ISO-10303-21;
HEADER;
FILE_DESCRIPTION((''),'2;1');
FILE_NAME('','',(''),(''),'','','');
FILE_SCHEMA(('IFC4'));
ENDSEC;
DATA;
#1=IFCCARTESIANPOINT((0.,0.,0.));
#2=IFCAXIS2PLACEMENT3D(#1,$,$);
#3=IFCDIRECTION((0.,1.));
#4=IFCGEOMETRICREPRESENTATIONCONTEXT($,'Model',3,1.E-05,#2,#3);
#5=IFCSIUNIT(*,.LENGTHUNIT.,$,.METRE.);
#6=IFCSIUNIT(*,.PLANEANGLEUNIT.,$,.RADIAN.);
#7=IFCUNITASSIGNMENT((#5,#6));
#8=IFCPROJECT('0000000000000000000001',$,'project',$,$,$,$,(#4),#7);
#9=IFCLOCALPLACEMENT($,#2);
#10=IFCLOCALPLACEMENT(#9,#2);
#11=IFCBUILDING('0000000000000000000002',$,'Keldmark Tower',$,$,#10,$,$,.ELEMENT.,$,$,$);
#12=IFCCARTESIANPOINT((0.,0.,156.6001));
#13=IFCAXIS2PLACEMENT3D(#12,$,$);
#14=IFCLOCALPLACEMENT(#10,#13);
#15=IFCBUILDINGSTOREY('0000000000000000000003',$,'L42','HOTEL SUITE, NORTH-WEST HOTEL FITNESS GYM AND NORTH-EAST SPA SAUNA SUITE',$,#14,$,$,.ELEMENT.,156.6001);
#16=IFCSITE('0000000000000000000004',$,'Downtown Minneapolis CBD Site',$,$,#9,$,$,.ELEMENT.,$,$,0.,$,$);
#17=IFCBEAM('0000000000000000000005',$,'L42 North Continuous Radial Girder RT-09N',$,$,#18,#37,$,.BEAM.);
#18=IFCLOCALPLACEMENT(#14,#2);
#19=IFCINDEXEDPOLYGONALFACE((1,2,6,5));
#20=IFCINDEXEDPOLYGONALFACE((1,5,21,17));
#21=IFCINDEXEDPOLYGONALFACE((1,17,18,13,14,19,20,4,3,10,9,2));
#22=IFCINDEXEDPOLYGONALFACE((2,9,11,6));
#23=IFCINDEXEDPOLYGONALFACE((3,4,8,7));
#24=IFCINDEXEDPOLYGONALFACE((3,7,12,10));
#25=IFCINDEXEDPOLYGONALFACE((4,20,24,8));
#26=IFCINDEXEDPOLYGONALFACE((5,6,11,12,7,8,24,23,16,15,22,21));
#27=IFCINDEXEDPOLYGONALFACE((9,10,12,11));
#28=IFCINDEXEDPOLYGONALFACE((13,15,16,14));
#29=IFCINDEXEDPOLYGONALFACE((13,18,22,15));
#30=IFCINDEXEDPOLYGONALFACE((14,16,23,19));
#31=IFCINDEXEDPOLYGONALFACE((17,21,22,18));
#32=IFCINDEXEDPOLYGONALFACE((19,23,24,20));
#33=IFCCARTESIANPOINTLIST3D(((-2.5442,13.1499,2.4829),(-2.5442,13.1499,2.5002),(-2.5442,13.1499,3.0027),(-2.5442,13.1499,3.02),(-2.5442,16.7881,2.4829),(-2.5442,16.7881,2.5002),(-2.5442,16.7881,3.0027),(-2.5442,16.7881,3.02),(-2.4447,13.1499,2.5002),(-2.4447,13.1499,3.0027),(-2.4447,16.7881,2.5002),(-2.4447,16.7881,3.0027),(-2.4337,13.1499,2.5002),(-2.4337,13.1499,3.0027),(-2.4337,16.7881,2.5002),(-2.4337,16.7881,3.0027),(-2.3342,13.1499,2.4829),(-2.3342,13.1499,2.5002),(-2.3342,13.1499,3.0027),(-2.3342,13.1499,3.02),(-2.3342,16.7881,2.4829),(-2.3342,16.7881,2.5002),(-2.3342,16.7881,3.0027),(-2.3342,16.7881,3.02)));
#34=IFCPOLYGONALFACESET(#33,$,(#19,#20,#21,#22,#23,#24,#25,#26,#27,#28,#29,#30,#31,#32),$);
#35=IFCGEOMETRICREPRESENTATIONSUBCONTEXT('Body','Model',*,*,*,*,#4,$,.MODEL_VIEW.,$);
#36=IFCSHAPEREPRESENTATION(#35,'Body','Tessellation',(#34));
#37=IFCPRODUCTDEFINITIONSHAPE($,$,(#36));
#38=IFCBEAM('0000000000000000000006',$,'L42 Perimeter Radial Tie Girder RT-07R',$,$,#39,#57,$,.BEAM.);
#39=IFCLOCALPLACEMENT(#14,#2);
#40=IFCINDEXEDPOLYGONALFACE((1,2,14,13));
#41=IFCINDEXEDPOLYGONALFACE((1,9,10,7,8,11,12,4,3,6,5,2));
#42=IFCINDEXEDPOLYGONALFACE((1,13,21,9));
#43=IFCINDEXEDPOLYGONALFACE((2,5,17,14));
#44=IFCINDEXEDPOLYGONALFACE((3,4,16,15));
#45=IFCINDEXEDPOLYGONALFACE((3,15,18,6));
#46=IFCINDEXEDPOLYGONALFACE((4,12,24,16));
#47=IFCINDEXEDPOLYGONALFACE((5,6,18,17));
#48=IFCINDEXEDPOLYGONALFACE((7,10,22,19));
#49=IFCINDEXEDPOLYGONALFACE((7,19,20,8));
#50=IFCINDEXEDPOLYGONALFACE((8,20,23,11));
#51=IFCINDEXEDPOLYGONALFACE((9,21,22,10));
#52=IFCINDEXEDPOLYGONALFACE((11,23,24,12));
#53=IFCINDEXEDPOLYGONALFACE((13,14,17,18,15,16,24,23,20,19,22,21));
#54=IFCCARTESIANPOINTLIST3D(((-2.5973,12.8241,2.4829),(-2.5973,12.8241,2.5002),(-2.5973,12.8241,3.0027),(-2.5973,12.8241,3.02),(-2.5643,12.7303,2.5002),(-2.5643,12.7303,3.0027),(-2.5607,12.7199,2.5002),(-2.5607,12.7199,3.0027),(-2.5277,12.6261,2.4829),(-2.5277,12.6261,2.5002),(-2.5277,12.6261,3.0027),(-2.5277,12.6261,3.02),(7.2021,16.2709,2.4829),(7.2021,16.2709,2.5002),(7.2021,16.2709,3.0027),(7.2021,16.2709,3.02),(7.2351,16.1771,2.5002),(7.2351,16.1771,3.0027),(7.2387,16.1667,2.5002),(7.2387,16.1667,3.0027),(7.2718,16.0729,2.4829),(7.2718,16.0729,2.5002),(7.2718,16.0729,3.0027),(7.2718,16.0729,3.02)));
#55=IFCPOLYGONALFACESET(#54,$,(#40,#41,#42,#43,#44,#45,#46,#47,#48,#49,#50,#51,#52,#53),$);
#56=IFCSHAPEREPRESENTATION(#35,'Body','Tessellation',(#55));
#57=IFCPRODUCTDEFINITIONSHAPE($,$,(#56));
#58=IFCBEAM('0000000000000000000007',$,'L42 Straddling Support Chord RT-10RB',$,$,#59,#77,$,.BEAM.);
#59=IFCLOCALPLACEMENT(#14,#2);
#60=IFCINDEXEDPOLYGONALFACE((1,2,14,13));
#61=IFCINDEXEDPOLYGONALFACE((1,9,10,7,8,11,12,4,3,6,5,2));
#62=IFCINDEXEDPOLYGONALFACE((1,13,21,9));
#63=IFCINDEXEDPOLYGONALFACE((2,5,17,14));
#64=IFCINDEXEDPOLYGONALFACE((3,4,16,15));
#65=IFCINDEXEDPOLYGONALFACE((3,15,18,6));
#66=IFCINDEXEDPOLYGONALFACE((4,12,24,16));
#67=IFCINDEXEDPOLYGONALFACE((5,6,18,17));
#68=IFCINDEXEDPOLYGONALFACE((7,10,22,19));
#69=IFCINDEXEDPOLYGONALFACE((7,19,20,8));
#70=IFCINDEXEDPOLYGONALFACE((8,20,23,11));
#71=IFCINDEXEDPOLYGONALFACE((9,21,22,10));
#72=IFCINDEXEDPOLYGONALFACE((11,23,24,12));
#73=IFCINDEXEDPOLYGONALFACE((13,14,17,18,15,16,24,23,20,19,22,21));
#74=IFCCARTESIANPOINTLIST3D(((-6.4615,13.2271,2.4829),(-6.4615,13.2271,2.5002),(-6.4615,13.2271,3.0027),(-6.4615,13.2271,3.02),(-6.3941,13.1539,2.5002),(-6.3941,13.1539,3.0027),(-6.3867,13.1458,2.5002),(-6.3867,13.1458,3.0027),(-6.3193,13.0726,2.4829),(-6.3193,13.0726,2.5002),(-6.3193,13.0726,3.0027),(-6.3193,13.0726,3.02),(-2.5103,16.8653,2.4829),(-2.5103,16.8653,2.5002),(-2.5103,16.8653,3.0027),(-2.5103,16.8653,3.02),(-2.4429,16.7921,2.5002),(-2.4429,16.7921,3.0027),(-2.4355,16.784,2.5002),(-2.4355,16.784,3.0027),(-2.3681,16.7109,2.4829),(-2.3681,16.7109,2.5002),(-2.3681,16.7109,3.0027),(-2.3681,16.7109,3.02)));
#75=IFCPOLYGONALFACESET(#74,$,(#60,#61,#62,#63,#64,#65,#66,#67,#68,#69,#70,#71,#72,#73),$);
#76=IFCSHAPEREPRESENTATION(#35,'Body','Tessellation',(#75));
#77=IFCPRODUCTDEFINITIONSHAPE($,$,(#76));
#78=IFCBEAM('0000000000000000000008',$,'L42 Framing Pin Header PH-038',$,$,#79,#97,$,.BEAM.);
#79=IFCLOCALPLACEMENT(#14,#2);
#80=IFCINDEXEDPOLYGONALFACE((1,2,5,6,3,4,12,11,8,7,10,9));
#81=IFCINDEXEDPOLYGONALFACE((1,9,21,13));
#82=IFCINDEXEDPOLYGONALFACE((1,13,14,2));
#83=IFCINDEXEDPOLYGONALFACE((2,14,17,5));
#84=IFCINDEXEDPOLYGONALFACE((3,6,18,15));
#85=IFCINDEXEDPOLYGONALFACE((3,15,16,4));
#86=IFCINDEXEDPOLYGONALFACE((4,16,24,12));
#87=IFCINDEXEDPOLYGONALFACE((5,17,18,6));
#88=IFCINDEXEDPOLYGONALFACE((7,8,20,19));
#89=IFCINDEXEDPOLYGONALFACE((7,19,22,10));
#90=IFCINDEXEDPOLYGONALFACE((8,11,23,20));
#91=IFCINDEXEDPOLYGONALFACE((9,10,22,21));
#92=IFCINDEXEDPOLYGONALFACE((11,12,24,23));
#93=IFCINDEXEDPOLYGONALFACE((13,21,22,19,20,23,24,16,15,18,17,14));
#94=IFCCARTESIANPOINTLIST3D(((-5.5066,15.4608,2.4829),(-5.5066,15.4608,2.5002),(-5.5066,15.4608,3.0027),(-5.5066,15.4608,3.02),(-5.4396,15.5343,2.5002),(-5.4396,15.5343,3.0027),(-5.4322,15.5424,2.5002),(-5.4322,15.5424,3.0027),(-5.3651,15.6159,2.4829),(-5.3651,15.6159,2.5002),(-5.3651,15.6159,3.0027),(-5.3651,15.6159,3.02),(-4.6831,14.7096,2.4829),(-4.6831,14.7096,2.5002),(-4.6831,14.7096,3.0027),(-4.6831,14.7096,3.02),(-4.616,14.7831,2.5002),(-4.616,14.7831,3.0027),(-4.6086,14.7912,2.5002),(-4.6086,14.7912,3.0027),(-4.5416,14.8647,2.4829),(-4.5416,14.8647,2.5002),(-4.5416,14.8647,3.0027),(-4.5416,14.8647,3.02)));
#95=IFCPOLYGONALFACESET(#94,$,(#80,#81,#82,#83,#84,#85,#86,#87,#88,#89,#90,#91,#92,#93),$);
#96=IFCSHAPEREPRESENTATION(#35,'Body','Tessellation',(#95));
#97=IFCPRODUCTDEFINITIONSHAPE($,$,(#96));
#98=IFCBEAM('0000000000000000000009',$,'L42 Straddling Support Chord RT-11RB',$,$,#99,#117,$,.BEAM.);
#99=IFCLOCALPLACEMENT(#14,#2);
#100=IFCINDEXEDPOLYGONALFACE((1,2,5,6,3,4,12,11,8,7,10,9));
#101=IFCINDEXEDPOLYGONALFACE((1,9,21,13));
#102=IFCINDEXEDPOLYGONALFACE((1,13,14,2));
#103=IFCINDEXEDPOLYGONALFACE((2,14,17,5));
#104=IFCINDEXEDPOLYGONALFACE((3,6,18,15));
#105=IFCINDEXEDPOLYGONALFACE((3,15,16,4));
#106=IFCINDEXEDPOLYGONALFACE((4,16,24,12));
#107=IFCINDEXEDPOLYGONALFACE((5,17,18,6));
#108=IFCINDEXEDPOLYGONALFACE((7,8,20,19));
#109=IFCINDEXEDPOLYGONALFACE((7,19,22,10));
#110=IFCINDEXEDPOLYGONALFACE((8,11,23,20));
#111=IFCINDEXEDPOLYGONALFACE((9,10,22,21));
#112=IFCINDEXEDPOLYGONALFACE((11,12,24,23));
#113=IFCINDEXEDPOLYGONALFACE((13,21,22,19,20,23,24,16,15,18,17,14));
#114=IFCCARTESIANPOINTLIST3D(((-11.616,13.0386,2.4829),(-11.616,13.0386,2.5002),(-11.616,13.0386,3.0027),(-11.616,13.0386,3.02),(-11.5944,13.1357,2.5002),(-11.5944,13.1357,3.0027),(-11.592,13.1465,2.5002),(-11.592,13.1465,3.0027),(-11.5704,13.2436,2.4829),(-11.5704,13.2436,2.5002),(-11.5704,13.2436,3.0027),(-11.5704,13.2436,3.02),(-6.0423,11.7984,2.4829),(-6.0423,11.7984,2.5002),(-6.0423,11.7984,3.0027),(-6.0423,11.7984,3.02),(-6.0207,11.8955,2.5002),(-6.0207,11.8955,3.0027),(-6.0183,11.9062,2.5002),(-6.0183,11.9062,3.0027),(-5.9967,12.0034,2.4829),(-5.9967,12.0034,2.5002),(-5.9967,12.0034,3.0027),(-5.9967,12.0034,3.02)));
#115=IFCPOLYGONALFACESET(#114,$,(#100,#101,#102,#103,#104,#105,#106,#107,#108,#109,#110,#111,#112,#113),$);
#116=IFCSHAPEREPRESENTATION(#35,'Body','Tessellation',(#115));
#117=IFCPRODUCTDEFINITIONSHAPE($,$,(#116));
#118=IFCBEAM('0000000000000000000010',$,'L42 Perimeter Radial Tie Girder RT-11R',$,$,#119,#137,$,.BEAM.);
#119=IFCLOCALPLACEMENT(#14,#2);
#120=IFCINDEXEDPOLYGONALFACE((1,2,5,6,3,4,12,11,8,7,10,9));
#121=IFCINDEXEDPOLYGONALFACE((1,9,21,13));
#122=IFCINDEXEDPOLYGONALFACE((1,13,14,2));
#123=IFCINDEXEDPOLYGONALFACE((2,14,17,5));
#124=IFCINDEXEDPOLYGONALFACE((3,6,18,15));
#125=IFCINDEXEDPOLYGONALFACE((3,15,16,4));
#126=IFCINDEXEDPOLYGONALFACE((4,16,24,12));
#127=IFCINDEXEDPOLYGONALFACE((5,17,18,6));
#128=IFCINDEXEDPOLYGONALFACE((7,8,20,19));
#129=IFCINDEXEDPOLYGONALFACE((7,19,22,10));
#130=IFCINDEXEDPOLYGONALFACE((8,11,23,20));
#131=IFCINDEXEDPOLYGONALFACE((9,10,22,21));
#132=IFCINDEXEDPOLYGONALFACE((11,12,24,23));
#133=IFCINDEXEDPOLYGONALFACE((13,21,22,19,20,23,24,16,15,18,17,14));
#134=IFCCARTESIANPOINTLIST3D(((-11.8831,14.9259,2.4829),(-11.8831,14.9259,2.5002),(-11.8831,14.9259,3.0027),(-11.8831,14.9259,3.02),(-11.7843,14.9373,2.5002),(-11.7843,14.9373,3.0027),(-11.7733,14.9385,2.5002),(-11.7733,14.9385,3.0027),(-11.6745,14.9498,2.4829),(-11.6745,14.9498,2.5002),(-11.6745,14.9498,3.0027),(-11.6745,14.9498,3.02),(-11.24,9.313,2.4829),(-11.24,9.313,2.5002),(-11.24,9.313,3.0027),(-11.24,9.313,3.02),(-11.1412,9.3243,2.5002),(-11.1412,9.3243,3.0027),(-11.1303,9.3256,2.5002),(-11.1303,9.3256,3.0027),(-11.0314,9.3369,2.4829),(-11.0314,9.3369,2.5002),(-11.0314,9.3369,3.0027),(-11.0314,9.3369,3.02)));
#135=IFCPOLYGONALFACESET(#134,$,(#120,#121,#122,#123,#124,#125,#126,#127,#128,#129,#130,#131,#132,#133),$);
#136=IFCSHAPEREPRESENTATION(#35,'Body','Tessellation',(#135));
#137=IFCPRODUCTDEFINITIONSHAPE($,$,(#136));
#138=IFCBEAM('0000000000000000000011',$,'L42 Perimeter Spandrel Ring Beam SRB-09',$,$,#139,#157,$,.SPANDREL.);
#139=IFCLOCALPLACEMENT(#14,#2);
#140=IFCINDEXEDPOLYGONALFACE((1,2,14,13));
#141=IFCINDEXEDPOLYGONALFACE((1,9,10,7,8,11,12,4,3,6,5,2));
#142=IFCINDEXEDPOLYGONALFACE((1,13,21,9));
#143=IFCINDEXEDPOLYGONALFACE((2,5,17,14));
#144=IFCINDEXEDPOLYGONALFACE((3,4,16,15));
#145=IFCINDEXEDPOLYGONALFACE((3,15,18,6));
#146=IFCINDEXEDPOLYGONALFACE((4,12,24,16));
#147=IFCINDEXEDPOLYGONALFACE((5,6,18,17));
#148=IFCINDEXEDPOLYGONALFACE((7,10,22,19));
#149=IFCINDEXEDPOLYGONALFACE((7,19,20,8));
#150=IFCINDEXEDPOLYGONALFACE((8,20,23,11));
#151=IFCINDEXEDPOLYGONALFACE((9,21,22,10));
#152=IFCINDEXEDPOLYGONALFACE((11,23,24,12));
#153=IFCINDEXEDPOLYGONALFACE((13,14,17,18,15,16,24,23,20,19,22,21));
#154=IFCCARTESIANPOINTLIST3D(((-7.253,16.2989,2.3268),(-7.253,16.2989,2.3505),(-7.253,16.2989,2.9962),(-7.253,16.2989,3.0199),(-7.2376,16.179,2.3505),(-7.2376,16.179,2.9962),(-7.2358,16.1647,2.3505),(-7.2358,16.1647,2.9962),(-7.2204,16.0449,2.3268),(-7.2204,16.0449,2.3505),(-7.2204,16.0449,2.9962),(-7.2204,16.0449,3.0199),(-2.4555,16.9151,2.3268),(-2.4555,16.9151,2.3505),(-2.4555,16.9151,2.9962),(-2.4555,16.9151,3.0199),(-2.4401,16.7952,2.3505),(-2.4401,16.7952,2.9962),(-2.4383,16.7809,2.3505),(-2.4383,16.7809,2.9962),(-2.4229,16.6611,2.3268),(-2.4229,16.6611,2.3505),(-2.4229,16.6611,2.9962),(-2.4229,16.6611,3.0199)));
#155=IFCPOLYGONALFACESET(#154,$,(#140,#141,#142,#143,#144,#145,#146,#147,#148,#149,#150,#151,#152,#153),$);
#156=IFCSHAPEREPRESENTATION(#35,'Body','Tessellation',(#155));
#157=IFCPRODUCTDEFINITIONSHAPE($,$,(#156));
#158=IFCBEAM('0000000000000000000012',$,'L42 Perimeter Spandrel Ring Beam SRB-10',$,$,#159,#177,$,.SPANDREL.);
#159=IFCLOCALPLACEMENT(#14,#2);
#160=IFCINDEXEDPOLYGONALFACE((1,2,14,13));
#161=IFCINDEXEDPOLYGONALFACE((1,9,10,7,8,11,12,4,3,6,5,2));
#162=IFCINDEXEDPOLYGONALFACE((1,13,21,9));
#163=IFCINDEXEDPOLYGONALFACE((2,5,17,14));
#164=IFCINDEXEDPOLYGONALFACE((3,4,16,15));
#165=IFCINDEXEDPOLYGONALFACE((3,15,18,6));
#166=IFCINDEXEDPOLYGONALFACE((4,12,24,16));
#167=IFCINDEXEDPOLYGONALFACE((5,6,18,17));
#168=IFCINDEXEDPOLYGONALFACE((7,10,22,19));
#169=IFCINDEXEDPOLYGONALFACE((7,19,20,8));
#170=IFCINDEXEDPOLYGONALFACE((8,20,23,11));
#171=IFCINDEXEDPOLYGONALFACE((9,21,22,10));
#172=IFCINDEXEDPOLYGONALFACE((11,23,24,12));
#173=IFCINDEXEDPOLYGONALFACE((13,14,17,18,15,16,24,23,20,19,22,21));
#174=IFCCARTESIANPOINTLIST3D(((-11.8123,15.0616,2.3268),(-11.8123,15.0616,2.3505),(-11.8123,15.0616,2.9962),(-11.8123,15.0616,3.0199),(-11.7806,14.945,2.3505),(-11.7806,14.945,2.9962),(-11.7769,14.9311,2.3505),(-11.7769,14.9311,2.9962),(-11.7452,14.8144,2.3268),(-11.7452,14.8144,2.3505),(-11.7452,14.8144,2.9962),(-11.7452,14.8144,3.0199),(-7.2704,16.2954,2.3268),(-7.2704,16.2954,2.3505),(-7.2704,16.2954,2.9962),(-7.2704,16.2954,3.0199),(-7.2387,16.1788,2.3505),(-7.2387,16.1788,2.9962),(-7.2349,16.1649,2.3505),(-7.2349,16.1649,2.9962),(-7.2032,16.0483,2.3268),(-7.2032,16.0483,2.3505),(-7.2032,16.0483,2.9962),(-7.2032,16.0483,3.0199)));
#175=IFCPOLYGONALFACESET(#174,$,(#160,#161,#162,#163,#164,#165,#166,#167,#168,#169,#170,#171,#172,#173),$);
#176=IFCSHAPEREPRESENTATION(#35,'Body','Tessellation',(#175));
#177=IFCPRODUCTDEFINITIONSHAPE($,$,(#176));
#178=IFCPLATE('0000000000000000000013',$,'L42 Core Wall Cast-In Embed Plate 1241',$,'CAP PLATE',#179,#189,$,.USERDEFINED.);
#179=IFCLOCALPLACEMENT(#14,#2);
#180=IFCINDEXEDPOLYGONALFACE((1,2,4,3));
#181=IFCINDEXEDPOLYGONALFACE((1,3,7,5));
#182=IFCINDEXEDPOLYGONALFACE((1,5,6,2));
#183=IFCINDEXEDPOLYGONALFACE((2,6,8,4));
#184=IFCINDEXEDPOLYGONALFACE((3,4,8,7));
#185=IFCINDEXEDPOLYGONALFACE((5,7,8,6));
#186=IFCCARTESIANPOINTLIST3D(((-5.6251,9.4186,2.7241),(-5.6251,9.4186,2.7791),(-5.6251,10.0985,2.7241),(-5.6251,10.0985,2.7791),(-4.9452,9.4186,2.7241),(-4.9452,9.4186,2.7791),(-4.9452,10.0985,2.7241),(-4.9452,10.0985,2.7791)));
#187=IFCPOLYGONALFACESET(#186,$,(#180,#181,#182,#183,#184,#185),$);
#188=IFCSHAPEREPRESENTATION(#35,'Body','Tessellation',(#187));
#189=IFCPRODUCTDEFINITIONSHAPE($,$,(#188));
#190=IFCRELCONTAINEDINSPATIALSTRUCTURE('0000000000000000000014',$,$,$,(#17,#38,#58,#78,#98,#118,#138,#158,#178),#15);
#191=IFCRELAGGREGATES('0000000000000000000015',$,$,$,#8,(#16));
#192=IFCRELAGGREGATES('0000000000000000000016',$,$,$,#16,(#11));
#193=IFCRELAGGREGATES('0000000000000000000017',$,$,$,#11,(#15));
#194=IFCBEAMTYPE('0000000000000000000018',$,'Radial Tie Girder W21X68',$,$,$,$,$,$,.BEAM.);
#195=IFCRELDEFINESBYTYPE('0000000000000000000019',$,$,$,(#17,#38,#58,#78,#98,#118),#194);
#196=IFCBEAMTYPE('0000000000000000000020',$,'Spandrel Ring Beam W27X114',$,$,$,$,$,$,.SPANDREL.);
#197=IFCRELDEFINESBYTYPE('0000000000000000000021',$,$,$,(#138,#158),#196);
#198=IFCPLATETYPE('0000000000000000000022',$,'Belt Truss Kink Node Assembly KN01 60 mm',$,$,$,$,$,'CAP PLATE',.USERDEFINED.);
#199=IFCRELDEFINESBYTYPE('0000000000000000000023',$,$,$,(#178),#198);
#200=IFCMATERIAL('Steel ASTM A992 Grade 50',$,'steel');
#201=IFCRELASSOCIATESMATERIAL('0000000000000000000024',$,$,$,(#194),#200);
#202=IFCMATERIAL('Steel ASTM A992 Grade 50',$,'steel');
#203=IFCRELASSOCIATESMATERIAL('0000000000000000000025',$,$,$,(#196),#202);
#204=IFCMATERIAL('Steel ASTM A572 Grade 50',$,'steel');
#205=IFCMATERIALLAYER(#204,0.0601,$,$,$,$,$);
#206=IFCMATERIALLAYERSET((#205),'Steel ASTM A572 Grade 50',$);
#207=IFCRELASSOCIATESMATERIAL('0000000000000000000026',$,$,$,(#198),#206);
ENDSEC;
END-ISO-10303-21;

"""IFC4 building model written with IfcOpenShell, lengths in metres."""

from ifc_helpers import new_model, si_unit, direction, frame, origin, origin_2d, place, context, subcontext, project, spatial, rectangle, i_section, extrude, material, layer, layer_set, material_profile, profile_set, type_object, element, save


model = new_model("IFC4")

# Units and contexts
model_context = context("Model", 3, precision=1e-05, world=origin(), true_north=direction((0.0, 1.0)))
body_context = subcontext(model_context, "Body", "Model", "MODEL_VIEW")
ifc_project = project(units=[si_unit("LENGTHUNIT", "METRE"), si_unit("PLANEANGLEUNIT", "RADIAN")], contexts=[model_context])

# Site, building, storey
site_placement = place(None, origin())
site = spatial("IfcSite", under=ifc_project, at=site_placement, Name="Downtown Minneapolis CBD Site", CompositionType="ELEMENT", RefElevation=0.0)
building_placement = place(site_placement, origin())
building = spatial("IfcBuilding", under=site, at=building_placement, Name="Keldmark Tower", CompositionType="ELEMENT")
storey_placement = place(building_placement, frame((0.0, 0.0, 156.6001)))
storey = spatial("IfcBuildingStorey", under=building, at=storey_placement, Name="L42", Description="HOTEL SUITE, NORTH-WEST HOTEL FITNESS GYM AND NORTH-EAST SPA SAUNA SUITE", CompositionType="ELEMENT", Elevation=156.6001)

# Beams
ifc_material_1 = material(Name="Steel ASTM A992 Grade 50", Category="steel")
ifc_material_profile_1 = material_profile(ifc_material_1, i_section(OverallWidth=0.21, OverallDepth=0.5371, WebThickness=0.011, FlangeThickness=0.0173, at=origin_2d()), Name="W21X68")
ifc_profile_set_1 = profile_set([ifc_material_profile_1], Name="Steel ASTM A992 Grade 50")
beam_type_1 = type_object("IfcBeamType", Name="Radial Tie Girder W21X68", PredefinedType="BEAM", material=ifc_profile_set_1)
beam_1_placement = place(storey_placement, frame((-2.4392, 13.1499, 2.7515), z_axis=(0.0, 1.0, 0.0), x_axis=(-1.0, 0.0, 0.0)))
element("IfcBeam", 1, at=beam_1_placement, inside=storey, type_object=beam_type_1, Name="L42 North Continuous Radial Girder RT-09N", PredefinedType="BEAM", context=body_context, shape_type="SweptSolid", body=[
    extrude(i_section(OverallWidth=0.21, OverallDepth=0.5371, WebThickness=0.011, FlangeThickness=0.0173, at=origin_2d()), origin(), (0.0, 0.0, 1.0), 3.6382),
])
beam_2_placement = place(storey_placement, frame((-2.5625, 12.7251, 2.7515), z_axis=(0.943346, 0.331809, 0.0), x_axis=(-0.331809, 0.943346, 0.0)))
element("IfcBeam", 2, at=beam_2_placement, inside=storey, type_object=beam_type_1, Name="L42 Perimeter Radial Tie Girder RT-07R", PredefinedType="BEAM", context=body_context, shape_type="SweptSolid", body=[
    extrude(i_section(OverallWidth=0.21, OverallDepth=0.5371, WebThickness=0.011, FlangeThickness=0.0173, at=origin_2d()), origin(), (0.0, 0.0, 1.0), 10.3879),
])
beam_3_placement = place(storey_placement, frame((-2.4392, 16.7881, 2.7515), z_axis=(-0.735643, -0.67737, 0.0), x_axis=(0.67737, -0.735643, 0.0)))
element("IfcBeam", 3, at=beam_3_placement, inside=storey, type_object=beam_type_1, Name="L42 Straddling Support Chord RT-10RB", PredefinedType="BEAM", context=body_context, shape_type="SweptSolid", body=[
    extrude(i_section(OverallWidth=0.21, OverallDepth=0.5371, WebThickness=0.011, FlangeThickness=0.0173, at=origin_2d()), origin(), (0.0, 0.0, 1.0), 5.3711),
])
beam_4_placement = place(storey_placement, frame((-4.6123, 14.7871, 2.7515), z_axis=(-0.738779, 0.673947, 0.0), x_axis=(-0.673947, -0.738779, 0.0)))
element("IfcBeam", 4, at=beam_4_placement, inside=storey, type_object=beam_type_1, Name="L42 Framing Pin Header PH-038", PredefinedType="BEAM", context=body_context, shape_type="SweptSolid", body=[
    extrude(i_section(OverallWidth=0.21, OverallDepth=0.5371, WebThickness=0.011, FlangeThickness=0.0173, at=origin_2d()), origin(), (0.0, 0.0, 1.0), 1.1147),
])
beam_5_placement = place(storey_placement, frame((-6.0195, 11.9009, 2.7515), z_axis=(-0.976127, 0.217202, 0.0), x_axis=(-0.217202, -0.976127, 0.0)))
element("IfcBeam", 5, at=beam_5_placement, inside=storey, type_object=beam_type_1, Name="L42 Straddling Support Chord RT-11RB", PredefinedType="BEAM", context=body_context, shape_type="SweptSolid", body=[
    extrude(i_section(OverallWidth=0.21, OverallDepth=0.5371, WebThickness=0.011, FlangeThickness=0.0173, at=origin_2d()), origin(), (0.0, 0.0, 1.0), 5.71),
])
beam_6_placement = place(storey_placement, frame((-11.1357, 9.325, 2.7515), z_axis=(-0.113822, 0.993501, 0.0), x_axis=(-0.993501, -0.113822, 0.0)))
element("IfcBeam", 6, at=beam_6_placement, inside=storey, type_object=beam_type_1, Name="L42 Perimeter Radial Tie Girder RT-11R", PredefinedType="BEAM", context=body_context, shape_type="SweptSolid", body=[
    extrude(i_section(OverallWidth=0.21, OverallDepth=0.5371, WebThickness=0.011, FlangeThickness=0.0173, at=origin_2d()), origin(), (0.0, 0.0, 1.0), 5.6497),
])
ifc_material_2 = material(Name="Steel ASTM A992 Grade 50", Category="steel")
ifc_material_profile_2 = material_profile(ifc_material_2, i_section(OverallWidth=0.2561, OverallDepth=0.6931, WebThickness=0.0144, FlangeThickness=0.0237, at=origin_2d()), Name="W27X114")
ifc_profile_set_2 = profile_set([ifc_material_profile_2], Name="Steel ASTM A992 Grade 50")
beam_type_2 = type_object("IfcBeamType", Name="Spandrel Ring Beam W27X114", PredefinedType="SPANDREL", material=ifc_profile_set_2)
beam_7_placement = place(storey_placement, frame((-2.4392, 16.7881, 2.6733), z_axis=(-0.991852, -0.127395, 0.0), x_axis=(0.127395, -0.991852, 0.0)))
element("IfcBeam", 7, at=beam_7_placement, inside=storey, type_object=beam_type_2, Name="L42 Perimeter Spandrel Ring Beam SRB-09", PredefinedType="SPANDREL", context=body_context, shape_type="SweptSolid", body=[
    extrude(i_section(OverallWidth=0.2561, OverallDepth=0.6931, WebThickness=0.0144, FlangeThickness=0.0237, at=origin_2d()), origin(), (0.0, 0.0, 1.0), 4.8369),
])
beam_8_placement = place(storey_placement, frame((-7.2368, 16.1719, 2.6733), z_axis=(-0.965024, -0.26216, 0.0), x_axis=(0.26216, -0.965024, 0.0)))
element("IfcBeam", 8, at=beam_8_placement, inside=storey, type_object=beam_type_2, Name="L42 Perimeter Spandrel Ring Beam SRB-10", PredefinedType="SPANDREL", context=body_context, shape_type="SweptSolid", body=[
    extrude(i_section(OverallWidth=0.2561, OverallDepth=0.6931, WebThickness=0.0144, FlangeThickness=0.0237, at=origin_2d()), origin(), (0.0, 0.0, 1.0), 4.7065),
])

# Plate
ifc_material_3 = material(Name="Steel ASTM A572 Grade 50", Category="steel")
ifc_layer_1 = layer(ifc_material_3, 0.0601)
ifc_layer_set_1 = layer_set([ifc_layer_1], Name="Steel ASTM A572 Grade 50")
plate_type_1 = type_object("IfcPlateType", Name="Belt Truss Kink Node Assembly KN01 60 mm", ElementType="CAP PLATE", PredefinedType="USERDEFINED", material=ifc_layer_set_1)
for number, where, z_axis, x_axis, name in (
    (9, (-5.2852, 9.7585, 2.7241), (0.0, 0.0, 1.0), (1.0, 0.0, 0.0), "L42 Core Wall Cast-In Embed Plate 1241"),
):
    element("IfcPlate", number, at=place(storey_placement, frame(where, z_axis=z_axis, x_axis=x_axis)), inside=storey, type_object=plate_type_1, Name=name, ObjectType="CAP PLATE", PredefinedType="USERDEFINED", context=body_context, shape_type="SweptSolid", body=[
        extrude(rectangle(XDim=0.6799, YDim=0.6799, at=origin_2d()), origin(), (0.0, 0.0, 1.0), 0.0549),
    ])

save(model, "model.ifc")
